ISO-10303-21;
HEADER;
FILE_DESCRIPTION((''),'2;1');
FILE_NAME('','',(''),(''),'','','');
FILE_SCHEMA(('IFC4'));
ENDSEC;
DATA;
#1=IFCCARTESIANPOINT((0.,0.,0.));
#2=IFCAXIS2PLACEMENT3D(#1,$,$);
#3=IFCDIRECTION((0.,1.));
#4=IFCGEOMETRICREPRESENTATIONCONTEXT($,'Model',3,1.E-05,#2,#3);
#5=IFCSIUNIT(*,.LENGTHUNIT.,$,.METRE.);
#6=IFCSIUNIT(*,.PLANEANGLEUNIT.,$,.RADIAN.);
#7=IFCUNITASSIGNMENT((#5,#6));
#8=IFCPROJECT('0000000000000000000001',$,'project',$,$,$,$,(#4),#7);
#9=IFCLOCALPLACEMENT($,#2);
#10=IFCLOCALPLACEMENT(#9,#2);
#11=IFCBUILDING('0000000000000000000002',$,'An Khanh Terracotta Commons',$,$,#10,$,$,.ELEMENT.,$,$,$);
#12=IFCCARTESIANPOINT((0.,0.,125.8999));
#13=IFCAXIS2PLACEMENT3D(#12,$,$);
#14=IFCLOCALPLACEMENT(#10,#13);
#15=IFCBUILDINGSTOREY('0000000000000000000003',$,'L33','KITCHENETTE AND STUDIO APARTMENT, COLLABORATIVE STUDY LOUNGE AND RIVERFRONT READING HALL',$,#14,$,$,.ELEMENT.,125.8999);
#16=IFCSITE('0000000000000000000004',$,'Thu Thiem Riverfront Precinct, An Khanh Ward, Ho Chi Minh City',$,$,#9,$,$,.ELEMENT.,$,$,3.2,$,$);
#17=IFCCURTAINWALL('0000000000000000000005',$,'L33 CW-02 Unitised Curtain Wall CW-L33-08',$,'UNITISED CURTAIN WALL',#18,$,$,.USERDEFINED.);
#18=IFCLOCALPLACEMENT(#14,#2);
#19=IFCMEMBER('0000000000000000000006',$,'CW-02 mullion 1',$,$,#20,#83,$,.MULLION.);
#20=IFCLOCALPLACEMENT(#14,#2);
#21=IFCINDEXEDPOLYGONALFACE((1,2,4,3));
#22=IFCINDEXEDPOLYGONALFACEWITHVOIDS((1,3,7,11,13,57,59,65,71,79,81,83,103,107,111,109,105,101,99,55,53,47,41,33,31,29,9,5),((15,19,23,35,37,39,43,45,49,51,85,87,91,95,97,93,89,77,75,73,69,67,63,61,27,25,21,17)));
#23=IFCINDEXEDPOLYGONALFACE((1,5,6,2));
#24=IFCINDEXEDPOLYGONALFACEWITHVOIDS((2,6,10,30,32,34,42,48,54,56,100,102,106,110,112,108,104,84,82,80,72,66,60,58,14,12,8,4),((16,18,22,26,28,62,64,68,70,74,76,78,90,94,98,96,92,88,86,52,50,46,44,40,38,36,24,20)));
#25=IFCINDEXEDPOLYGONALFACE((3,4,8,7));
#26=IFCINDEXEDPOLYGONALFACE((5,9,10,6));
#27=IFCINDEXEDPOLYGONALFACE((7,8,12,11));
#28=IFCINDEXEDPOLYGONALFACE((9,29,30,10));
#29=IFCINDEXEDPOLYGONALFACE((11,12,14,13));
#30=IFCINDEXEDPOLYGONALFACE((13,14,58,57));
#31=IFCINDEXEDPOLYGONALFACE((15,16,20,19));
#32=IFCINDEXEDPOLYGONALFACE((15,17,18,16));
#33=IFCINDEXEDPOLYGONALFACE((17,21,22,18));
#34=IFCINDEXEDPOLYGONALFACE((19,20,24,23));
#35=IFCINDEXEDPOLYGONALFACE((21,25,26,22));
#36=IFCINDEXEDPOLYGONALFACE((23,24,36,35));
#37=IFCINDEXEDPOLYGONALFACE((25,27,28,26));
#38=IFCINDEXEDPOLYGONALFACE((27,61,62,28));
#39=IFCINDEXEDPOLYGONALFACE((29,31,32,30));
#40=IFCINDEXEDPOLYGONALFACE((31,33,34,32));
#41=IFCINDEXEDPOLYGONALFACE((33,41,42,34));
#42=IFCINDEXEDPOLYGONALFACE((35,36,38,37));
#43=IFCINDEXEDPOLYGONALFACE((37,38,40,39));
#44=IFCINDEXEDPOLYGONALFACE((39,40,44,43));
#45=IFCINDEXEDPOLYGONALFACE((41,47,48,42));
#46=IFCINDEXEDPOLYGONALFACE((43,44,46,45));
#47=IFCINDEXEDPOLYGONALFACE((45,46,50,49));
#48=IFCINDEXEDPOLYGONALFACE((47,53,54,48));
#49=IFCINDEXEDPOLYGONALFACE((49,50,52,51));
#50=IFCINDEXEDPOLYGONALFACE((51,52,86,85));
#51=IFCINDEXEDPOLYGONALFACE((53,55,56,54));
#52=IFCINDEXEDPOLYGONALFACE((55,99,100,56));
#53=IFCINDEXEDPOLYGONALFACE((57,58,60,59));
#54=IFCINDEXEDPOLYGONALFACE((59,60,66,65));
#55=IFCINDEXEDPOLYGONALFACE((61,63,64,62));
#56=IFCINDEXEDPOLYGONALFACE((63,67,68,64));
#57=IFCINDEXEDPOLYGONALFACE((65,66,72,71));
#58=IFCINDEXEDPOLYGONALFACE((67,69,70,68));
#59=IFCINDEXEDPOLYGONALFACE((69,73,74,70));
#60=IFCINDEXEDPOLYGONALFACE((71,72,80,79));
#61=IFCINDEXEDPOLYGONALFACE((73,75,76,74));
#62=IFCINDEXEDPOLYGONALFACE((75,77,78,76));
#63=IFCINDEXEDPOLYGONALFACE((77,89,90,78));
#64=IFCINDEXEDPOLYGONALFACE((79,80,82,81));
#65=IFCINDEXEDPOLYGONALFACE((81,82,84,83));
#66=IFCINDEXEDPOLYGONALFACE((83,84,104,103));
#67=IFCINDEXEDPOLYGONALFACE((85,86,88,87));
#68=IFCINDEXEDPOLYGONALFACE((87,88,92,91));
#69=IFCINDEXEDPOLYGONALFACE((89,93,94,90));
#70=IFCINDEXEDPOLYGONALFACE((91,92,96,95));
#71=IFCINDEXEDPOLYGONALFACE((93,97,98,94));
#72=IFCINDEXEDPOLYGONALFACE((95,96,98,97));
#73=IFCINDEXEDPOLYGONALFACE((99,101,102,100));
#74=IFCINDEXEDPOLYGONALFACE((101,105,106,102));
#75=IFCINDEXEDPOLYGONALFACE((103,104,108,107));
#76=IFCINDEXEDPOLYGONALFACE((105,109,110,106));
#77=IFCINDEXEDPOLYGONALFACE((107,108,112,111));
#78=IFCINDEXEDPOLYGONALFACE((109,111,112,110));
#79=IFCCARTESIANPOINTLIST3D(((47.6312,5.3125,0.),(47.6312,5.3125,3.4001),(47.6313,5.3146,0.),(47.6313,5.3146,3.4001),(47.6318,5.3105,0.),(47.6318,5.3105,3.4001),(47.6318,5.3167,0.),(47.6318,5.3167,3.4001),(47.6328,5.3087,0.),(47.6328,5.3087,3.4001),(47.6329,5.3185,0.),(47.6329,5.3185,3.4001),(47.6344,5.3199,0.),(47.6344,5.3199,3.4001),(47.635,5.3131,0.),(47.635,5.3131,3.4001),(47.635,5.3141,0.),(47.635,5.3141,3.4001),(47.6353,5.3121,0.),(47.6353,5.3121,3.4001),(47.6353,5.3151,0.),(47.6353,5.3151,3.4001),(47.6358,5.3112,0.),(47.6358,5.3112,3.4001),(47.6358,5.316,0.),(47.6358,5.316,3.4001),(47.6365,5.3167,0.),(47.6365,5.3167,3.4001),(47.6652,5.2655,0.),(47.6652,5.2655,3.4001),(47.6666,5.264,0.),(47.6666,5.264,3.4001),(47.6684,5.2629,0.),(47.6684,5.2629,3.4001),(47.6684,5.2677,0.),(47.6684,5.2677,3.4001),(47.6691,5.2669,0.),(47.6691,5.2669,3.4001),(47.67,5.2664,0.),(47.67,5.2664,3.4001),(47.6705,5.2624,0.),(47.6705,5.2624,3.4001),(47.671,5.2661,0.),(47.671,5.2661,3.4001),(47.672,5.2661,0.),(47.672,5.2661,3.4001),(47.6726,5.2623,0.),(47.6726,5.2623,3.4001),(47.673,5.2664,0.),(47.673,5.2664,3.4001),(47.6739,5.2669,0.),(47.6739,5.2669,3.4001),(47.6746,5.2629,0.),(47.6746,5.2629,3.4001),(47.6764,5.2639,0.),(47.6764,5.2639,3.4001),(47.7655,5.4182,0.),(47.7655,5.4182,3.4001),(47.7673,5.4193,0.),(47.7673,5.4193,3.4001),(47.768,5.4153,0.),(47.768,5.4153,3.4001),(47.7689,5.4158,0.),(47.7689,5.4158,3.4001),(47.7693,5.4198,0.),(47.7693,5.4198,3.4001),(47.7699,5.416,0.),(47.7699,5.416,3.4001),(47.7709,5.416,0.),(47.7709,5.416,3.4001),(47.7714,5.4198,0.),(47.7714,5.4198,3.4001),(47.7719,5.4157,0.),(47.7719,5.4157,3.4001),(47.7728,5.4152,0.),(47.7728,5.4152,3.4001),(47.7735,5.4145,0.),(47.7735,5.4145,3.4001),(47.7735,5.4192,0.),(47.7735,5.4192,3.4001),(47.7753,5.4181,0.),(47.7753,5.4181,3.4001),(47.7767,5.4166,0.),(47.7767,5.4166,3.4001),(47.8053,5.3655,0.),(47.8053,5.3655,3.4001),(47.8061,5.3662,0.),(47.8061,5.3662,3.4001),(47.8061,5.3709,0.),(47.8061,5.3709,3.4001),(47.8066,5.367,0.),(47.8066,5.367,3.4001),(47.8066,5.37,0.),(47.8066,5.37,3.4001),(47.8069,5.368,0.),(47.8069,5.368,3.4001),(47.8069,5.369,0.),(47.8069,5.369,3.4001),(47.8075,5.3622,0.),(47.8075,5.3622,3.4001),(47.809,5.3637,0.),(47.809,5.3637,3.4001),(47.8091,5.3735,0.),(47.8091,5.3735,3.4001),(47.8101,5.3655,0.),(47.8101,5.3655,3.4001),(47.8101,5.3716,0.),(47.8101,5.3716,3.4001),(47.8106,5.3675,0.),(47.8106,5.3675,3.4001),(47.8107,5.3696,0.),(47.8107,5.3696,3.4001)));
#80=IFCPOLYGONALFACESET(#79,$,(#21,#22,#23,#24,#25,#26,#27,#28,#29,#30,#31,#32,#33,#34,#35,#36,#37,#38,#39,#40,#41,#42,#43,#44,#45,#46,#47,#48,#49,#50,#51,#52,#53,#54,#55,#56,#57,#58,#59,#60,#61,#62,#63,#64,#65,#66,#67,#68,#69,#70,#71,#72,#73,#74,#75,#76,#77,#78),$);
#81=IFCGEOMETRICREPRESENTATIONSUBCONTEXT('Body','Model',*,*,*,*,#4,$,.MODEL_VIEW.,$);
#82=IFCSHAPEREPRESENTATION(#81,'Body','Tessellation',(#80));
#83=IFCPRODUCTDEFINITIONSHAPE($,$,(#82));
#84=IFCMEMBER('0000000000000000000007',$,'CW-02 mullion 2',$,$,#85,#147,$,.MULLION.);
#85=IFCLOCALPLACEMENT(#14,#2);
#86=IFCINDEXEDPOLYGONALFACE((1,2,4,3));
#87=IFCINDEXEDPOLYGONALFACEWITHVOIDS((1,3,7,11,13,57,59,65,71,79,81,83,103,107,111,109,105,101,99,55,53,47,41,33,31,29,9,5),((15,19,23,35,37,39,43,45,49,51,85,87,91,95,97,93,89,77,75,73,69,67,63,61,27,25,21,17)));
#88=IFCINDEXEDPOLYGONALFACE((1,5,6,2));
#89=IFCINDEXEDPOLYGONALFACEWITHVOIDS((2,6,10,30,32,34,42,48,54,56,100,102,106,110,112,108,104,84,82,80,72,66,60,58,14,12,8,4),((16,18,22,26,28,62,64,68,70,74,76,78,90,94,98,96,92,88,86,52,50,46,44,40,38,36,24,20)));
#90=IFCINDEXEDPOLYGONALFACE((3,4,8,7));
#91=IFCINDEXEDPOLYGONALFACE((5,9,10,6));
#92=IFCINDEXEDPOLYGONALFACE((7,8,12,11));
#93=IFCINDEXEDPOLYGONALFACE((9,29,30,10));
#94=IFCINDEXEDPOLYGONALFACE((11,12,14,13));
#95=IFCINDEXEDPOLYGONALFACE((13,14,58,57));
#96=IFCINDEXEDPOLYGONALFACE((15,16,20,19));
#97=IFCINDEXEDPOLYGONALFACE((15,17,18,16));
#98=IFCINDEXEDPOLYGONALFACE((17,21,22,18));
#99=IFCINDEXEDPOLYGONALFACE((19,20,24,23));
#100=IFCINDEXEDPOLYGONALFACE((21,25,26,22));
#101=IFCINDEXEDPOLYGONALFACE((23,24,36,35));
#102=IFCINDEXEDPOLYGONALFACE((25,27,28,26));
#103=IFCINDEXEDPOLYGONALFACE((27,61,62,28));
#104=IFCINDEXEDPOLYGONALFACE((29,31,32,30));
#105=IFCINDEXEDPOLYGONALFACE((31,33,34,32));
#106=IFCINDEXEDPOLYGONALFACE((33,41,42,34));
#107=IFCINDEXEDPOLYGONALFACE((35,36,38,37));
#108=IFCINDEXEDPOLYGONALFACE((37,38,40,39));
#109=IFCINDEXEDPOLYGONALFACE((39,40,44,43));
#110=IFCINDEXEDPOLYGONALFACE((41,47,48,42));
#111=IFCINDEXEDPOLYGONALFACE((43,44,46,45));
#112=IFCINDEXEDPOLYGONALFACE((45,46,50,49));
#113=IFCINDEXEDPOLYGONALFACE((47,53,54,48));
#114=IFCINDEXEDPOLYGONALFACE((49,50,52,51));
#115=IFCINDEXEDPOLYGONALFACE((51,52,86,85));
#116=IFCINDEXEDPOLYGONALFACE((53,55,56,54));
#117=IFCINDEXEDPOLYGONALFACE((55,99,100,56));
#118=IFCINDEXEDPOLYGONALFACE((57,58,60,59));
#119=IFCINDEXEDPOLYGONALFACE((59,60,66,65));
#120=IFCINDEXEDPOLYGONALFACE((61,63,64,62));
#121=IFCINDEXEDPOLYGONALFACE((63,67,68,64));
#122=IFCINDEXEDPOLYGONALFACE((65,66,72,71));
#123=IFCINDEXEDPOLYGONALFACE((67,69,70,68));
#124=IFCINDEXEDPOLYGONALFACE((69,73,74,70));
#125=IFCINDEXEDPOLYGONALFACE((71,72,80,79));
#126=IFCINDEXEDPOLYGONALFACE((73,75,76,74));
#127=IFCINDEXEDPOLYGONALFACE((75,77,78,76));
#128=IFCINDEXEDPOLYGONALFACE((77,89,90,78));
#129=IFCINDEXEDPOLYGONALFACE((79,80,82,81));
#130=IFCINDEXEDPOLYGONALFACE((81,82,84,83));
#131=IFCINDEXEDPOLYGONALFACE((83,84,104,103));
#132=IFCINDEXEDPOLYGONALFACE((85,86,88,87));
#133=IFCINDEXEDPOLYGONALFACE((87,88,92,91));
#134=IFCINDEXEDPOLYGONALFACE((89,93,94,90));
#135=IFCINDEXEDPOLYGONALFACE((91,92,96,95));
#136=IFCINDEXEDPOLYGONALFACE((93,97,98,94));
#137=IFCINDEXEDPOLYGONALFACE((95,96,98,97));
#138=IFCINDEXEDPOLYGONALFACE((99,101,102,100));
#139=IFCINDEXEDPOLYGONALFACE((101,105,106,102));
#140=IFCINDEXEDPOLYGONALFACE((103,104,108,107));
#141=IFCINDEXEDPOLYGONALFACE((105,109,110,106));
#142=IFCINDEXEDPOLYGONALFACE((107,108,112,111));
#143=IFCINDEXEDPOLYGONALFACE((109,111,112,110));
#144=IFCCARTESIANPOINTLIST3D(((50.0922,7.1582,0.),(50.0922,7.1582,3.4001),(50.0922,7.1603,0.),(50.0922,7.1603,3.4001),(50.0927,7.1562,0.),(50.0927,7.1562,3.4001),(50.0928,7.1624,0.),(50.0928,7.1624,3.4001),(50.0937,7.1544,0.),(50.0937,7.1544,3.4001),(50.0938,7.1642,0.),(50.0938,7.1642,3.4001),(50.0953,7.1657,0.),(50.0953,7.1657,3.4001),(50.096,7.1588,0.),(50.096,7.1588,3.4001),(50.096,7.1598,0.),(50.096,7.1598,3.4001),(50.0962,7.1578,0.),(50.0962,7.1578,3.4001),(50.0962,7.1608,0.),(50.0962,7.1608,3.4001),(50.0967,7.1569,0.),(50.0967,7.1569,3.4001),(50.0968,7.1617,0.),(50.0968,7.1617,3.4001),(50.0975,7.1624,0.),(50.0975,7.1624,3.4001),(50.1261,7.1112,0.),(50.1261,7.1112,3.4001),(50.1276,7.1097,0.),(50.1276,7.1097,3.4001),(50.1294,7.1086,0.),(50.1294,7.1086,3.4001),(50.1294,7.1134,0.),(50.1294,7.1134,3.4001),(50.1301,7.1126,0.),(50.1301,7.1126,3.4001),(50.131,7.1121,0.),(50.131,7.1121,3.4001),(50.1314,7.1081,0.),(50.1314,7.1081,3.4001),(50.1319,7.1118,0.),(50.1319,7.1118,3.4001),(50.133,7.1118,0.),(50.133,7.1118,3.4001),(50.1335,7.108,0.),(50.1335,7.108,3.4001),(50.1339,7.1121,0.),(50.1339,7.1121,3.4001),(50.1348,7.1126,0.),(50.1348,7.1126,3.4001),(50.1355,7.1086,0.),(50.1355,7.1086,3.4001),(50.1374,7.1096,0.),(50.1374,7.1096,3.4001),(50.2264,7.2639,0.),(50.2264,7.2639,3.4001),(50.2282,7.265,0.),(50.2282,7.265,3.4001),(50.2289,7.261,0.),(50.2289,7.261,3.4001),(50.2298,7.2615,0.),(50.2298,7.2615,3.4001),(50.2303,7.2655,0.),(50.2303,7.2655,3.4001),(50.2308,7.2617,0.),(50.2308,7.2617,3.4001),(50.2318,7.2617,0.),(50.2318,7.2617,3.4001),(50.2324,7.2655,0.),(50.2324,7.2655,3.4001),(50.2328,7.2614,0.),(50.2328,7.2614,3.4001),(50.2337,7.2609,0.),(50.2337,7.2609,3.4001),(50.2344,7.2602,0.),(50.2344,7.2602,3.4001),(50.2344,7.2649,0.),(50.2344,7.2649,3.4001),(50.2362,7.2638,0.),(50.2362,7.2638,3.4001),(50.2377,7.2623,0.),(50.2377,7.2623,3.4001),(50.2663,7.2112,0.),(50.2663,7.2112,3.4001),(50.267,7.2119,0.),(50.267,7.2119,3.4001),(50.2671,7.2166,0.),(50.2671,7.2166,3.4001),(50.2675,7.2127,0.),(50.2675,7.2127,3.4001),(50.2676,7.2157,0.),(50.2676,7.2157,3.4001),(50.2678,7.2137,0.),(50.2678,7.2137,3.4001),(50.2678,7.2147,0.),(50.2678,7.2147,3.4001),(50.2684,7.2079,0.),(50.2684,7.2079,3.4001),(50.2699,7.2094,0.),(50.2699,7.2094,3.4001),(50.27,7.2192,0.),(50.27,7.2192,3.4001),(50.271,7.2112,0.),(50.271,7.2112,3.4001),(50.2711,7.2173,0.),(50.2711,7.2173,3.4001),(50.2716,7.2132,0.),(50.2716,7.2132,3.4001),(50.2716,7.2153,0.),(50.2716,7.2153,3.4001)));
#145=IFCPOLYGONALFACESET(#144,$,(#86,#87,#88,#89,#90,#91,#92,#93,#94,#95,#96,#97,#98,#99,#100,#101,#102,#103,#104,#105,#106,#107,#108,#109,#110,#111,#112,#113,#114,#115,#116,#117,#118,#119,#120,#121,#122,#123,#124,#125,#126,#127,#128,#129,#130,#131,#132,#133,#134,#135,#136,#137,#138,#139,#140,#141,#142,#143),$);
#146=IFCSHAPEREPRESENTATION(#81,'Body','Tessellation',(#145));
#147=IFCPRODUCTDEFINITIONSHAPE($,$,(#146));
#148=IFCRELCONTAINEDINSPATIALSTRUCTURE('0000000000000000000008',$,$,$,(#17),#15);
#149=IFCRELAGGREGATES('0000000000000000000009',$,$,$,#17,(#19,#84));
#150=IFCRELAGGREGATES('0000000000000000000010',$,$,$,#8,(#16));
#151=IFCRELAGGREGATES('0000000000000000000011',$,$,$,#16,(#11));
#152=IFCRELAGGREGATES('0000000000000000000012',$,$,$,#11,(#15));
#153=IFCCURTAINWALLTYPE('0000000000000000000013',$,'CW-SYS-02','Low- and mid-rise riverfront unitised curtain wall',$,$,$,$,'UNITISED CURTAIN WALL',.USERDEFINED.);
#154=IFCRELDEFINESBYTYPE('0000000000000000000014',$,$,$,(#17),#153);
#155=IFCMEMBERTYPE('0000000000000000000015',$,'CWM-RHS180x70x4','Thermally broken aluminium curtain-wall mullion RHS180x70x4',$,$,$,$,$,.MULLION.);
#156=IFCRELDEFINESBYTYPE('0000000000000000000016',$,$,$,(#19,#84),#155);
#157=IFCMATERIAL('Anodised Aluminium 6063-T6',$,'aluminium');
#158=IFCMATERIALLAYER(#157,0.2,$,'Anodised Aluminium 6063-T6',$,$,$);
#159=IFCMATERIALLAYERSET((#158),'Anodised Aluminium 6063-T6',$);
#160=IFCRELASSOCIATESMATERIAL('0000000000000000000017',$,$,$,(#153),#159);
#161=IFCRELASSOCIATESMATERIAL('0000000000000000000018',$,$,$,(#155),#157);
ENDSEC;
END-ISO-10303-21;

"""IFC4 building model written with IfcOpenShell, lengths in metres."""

from ifc_helpers import new_model, si_unit, direction, frame, origin, origin_2d, place, context, subcontext, project, spatial, hollow_rectangle, extrude, material, layer, layer_set, material_profile, profile_set, type_object, element, aggregate, save


model = new_model("IFC4")

# Units and contexts
model_context = context("Model", 3, precision=1e-05, world=origin(), true_north=direction((0.0, 1.0)))
body_context = subcontext(model_context, "Body", "Model", "MODEL_VIEW")
ifc_project = project(units=[si_unit("LENGTHUNIT", "METRE"), si_unit("PLANEANGLEUNIT", "RADIAN")], contexts=[model_context])

# Site, building, storey
site_placement = place(None, origin())
site = spatial("IfcSite", under=ifc_project, at=site_placement, Name="Thu Thiem Riverfront Precinct, An Khanh Ward, Ho Chi Minh City", CompositionType="ELEMENT", RefElevation=3.2)
building_placement = place(site_placement, origin())
building = spatial("IfcBuilding", under=site, at=building_placement, Name="An Khanh Terracotta Commons", CompositionType="ELEMENT")
storey_placement = place(building_placement, frame((0.0, 0.0, 125.8999)))
storey = spatial("IfcBuildingStorey", under=building, at=storey_placement, Name="L33", Description="KITCHENETTE AND STUDIO APARTMENT, COLLABORATIVE STUDY LOUNGE AND RIVERFRONT READING HALL", CompositionType="ELEMENT", Elevation=125.8999)

# Curtain wall, members
ifc_material_1 = material(Name="Anodised Aluminium 6063-T6", Category="aluminium")
ifc_layer_1 = layer(ifc_material_1, 0.2, Name="Anodised Aluminium 6063-T6")
ifc_layer_set_1 = layer_set([ifc_layer_1], Name="Anodised Aluminium 6063-T6")
curtain_wall_type = type_object("IfcCurtainWallType", Name="CW-SYS-02", Description="Low- and mid-rise riverfront unitised curtain wall", ElementType="UNITISED CURTAIN WALL", PredefinedType="USERDEFINED", material=ifc_layer_set_1)
curtain_wall_placement = place(storey_placement, origin())
curtain_wall = element("IfcCurtainWall", 1, at=curtain_wall_placement, inside=storey, type_object=curtain_wall_type, Name="L33 CW-02 Unitised Curtain Wall CW-L33-08", ObjectType="UNITISED CURTAIN WALL", PredefinedType="USERDEFINED")
ifc_material_profile_1 = material_profile(ifc_material_1, hollow_rectangle(XDim=0.0701, YDim=0.1799, WallThickness=0.0039, InnerFilletRadius=0.0039, OuterFilletRadius=0.0081, at=origin_2d()), Name="RHS180x70x4")
ifc_profile_set_1 = profile_set([ifc_material_profile_1], Name="Anodised Aluminium 6063-T6")
member_type_1 = type_object("IfcMemberType", Name="CWM-RHS180x70x4", Description="Thermally broken aluminium curtain-wall mullion RHS180x70x4", PredefinedType="MULLION", material=ifc_profile_set_1)
member_1_placement = place(storey_placement, frame((47.7209, 5.3411, 0.0), z_axis=(0.0, 0.0, 1.0), x_axis=(-0.599983, 0.800013, 0.0)))
member_1 = element("IfcMember", 2, at=member_1_placement, type_object=member_type_1, Name="CW-02 mullion 1", PredefinedType="MULLION", context=body_context, shape_type="SweptSolid", body=[
    extrude(hollow_rectangle(XDim=0.0701, YDim=0.1799, WallThickness=0.0039, InnerFilletRadius=0.0039, OuterFilletRadius=0.0081, at=origin_2d()), origin(), (0.0, 0.0, 1.0), 3.4001),
])
member_2_placement = place(storey_placement, frame((50.1819, 7.1868, 0.0), z_axis=(0.0, 0.0, 1.0), x_axis=(-0.599983, 0.800013, 0.0)))
member_2 = element("IfcMember", 3, at=member_2_placement, type_object=member_type_1, Name="CW-02 mullion 2", PredefinedType="MULLION", context=body_context, shape_type="SweptSolid", body=[
    extrude(hollow_rectangle(XDim=0.0701, YDim=0.1799, WallThickness=0.0039, InnerFilletRadius=0.0039, OuterFilletRadius=0.0081, at=origin_2d()), origin(), (0.0, 0.0, 1.0), 3.4001),
])
aggregate(curtain_wall, [member_1, member_2])

save(model, "model.ifc")
